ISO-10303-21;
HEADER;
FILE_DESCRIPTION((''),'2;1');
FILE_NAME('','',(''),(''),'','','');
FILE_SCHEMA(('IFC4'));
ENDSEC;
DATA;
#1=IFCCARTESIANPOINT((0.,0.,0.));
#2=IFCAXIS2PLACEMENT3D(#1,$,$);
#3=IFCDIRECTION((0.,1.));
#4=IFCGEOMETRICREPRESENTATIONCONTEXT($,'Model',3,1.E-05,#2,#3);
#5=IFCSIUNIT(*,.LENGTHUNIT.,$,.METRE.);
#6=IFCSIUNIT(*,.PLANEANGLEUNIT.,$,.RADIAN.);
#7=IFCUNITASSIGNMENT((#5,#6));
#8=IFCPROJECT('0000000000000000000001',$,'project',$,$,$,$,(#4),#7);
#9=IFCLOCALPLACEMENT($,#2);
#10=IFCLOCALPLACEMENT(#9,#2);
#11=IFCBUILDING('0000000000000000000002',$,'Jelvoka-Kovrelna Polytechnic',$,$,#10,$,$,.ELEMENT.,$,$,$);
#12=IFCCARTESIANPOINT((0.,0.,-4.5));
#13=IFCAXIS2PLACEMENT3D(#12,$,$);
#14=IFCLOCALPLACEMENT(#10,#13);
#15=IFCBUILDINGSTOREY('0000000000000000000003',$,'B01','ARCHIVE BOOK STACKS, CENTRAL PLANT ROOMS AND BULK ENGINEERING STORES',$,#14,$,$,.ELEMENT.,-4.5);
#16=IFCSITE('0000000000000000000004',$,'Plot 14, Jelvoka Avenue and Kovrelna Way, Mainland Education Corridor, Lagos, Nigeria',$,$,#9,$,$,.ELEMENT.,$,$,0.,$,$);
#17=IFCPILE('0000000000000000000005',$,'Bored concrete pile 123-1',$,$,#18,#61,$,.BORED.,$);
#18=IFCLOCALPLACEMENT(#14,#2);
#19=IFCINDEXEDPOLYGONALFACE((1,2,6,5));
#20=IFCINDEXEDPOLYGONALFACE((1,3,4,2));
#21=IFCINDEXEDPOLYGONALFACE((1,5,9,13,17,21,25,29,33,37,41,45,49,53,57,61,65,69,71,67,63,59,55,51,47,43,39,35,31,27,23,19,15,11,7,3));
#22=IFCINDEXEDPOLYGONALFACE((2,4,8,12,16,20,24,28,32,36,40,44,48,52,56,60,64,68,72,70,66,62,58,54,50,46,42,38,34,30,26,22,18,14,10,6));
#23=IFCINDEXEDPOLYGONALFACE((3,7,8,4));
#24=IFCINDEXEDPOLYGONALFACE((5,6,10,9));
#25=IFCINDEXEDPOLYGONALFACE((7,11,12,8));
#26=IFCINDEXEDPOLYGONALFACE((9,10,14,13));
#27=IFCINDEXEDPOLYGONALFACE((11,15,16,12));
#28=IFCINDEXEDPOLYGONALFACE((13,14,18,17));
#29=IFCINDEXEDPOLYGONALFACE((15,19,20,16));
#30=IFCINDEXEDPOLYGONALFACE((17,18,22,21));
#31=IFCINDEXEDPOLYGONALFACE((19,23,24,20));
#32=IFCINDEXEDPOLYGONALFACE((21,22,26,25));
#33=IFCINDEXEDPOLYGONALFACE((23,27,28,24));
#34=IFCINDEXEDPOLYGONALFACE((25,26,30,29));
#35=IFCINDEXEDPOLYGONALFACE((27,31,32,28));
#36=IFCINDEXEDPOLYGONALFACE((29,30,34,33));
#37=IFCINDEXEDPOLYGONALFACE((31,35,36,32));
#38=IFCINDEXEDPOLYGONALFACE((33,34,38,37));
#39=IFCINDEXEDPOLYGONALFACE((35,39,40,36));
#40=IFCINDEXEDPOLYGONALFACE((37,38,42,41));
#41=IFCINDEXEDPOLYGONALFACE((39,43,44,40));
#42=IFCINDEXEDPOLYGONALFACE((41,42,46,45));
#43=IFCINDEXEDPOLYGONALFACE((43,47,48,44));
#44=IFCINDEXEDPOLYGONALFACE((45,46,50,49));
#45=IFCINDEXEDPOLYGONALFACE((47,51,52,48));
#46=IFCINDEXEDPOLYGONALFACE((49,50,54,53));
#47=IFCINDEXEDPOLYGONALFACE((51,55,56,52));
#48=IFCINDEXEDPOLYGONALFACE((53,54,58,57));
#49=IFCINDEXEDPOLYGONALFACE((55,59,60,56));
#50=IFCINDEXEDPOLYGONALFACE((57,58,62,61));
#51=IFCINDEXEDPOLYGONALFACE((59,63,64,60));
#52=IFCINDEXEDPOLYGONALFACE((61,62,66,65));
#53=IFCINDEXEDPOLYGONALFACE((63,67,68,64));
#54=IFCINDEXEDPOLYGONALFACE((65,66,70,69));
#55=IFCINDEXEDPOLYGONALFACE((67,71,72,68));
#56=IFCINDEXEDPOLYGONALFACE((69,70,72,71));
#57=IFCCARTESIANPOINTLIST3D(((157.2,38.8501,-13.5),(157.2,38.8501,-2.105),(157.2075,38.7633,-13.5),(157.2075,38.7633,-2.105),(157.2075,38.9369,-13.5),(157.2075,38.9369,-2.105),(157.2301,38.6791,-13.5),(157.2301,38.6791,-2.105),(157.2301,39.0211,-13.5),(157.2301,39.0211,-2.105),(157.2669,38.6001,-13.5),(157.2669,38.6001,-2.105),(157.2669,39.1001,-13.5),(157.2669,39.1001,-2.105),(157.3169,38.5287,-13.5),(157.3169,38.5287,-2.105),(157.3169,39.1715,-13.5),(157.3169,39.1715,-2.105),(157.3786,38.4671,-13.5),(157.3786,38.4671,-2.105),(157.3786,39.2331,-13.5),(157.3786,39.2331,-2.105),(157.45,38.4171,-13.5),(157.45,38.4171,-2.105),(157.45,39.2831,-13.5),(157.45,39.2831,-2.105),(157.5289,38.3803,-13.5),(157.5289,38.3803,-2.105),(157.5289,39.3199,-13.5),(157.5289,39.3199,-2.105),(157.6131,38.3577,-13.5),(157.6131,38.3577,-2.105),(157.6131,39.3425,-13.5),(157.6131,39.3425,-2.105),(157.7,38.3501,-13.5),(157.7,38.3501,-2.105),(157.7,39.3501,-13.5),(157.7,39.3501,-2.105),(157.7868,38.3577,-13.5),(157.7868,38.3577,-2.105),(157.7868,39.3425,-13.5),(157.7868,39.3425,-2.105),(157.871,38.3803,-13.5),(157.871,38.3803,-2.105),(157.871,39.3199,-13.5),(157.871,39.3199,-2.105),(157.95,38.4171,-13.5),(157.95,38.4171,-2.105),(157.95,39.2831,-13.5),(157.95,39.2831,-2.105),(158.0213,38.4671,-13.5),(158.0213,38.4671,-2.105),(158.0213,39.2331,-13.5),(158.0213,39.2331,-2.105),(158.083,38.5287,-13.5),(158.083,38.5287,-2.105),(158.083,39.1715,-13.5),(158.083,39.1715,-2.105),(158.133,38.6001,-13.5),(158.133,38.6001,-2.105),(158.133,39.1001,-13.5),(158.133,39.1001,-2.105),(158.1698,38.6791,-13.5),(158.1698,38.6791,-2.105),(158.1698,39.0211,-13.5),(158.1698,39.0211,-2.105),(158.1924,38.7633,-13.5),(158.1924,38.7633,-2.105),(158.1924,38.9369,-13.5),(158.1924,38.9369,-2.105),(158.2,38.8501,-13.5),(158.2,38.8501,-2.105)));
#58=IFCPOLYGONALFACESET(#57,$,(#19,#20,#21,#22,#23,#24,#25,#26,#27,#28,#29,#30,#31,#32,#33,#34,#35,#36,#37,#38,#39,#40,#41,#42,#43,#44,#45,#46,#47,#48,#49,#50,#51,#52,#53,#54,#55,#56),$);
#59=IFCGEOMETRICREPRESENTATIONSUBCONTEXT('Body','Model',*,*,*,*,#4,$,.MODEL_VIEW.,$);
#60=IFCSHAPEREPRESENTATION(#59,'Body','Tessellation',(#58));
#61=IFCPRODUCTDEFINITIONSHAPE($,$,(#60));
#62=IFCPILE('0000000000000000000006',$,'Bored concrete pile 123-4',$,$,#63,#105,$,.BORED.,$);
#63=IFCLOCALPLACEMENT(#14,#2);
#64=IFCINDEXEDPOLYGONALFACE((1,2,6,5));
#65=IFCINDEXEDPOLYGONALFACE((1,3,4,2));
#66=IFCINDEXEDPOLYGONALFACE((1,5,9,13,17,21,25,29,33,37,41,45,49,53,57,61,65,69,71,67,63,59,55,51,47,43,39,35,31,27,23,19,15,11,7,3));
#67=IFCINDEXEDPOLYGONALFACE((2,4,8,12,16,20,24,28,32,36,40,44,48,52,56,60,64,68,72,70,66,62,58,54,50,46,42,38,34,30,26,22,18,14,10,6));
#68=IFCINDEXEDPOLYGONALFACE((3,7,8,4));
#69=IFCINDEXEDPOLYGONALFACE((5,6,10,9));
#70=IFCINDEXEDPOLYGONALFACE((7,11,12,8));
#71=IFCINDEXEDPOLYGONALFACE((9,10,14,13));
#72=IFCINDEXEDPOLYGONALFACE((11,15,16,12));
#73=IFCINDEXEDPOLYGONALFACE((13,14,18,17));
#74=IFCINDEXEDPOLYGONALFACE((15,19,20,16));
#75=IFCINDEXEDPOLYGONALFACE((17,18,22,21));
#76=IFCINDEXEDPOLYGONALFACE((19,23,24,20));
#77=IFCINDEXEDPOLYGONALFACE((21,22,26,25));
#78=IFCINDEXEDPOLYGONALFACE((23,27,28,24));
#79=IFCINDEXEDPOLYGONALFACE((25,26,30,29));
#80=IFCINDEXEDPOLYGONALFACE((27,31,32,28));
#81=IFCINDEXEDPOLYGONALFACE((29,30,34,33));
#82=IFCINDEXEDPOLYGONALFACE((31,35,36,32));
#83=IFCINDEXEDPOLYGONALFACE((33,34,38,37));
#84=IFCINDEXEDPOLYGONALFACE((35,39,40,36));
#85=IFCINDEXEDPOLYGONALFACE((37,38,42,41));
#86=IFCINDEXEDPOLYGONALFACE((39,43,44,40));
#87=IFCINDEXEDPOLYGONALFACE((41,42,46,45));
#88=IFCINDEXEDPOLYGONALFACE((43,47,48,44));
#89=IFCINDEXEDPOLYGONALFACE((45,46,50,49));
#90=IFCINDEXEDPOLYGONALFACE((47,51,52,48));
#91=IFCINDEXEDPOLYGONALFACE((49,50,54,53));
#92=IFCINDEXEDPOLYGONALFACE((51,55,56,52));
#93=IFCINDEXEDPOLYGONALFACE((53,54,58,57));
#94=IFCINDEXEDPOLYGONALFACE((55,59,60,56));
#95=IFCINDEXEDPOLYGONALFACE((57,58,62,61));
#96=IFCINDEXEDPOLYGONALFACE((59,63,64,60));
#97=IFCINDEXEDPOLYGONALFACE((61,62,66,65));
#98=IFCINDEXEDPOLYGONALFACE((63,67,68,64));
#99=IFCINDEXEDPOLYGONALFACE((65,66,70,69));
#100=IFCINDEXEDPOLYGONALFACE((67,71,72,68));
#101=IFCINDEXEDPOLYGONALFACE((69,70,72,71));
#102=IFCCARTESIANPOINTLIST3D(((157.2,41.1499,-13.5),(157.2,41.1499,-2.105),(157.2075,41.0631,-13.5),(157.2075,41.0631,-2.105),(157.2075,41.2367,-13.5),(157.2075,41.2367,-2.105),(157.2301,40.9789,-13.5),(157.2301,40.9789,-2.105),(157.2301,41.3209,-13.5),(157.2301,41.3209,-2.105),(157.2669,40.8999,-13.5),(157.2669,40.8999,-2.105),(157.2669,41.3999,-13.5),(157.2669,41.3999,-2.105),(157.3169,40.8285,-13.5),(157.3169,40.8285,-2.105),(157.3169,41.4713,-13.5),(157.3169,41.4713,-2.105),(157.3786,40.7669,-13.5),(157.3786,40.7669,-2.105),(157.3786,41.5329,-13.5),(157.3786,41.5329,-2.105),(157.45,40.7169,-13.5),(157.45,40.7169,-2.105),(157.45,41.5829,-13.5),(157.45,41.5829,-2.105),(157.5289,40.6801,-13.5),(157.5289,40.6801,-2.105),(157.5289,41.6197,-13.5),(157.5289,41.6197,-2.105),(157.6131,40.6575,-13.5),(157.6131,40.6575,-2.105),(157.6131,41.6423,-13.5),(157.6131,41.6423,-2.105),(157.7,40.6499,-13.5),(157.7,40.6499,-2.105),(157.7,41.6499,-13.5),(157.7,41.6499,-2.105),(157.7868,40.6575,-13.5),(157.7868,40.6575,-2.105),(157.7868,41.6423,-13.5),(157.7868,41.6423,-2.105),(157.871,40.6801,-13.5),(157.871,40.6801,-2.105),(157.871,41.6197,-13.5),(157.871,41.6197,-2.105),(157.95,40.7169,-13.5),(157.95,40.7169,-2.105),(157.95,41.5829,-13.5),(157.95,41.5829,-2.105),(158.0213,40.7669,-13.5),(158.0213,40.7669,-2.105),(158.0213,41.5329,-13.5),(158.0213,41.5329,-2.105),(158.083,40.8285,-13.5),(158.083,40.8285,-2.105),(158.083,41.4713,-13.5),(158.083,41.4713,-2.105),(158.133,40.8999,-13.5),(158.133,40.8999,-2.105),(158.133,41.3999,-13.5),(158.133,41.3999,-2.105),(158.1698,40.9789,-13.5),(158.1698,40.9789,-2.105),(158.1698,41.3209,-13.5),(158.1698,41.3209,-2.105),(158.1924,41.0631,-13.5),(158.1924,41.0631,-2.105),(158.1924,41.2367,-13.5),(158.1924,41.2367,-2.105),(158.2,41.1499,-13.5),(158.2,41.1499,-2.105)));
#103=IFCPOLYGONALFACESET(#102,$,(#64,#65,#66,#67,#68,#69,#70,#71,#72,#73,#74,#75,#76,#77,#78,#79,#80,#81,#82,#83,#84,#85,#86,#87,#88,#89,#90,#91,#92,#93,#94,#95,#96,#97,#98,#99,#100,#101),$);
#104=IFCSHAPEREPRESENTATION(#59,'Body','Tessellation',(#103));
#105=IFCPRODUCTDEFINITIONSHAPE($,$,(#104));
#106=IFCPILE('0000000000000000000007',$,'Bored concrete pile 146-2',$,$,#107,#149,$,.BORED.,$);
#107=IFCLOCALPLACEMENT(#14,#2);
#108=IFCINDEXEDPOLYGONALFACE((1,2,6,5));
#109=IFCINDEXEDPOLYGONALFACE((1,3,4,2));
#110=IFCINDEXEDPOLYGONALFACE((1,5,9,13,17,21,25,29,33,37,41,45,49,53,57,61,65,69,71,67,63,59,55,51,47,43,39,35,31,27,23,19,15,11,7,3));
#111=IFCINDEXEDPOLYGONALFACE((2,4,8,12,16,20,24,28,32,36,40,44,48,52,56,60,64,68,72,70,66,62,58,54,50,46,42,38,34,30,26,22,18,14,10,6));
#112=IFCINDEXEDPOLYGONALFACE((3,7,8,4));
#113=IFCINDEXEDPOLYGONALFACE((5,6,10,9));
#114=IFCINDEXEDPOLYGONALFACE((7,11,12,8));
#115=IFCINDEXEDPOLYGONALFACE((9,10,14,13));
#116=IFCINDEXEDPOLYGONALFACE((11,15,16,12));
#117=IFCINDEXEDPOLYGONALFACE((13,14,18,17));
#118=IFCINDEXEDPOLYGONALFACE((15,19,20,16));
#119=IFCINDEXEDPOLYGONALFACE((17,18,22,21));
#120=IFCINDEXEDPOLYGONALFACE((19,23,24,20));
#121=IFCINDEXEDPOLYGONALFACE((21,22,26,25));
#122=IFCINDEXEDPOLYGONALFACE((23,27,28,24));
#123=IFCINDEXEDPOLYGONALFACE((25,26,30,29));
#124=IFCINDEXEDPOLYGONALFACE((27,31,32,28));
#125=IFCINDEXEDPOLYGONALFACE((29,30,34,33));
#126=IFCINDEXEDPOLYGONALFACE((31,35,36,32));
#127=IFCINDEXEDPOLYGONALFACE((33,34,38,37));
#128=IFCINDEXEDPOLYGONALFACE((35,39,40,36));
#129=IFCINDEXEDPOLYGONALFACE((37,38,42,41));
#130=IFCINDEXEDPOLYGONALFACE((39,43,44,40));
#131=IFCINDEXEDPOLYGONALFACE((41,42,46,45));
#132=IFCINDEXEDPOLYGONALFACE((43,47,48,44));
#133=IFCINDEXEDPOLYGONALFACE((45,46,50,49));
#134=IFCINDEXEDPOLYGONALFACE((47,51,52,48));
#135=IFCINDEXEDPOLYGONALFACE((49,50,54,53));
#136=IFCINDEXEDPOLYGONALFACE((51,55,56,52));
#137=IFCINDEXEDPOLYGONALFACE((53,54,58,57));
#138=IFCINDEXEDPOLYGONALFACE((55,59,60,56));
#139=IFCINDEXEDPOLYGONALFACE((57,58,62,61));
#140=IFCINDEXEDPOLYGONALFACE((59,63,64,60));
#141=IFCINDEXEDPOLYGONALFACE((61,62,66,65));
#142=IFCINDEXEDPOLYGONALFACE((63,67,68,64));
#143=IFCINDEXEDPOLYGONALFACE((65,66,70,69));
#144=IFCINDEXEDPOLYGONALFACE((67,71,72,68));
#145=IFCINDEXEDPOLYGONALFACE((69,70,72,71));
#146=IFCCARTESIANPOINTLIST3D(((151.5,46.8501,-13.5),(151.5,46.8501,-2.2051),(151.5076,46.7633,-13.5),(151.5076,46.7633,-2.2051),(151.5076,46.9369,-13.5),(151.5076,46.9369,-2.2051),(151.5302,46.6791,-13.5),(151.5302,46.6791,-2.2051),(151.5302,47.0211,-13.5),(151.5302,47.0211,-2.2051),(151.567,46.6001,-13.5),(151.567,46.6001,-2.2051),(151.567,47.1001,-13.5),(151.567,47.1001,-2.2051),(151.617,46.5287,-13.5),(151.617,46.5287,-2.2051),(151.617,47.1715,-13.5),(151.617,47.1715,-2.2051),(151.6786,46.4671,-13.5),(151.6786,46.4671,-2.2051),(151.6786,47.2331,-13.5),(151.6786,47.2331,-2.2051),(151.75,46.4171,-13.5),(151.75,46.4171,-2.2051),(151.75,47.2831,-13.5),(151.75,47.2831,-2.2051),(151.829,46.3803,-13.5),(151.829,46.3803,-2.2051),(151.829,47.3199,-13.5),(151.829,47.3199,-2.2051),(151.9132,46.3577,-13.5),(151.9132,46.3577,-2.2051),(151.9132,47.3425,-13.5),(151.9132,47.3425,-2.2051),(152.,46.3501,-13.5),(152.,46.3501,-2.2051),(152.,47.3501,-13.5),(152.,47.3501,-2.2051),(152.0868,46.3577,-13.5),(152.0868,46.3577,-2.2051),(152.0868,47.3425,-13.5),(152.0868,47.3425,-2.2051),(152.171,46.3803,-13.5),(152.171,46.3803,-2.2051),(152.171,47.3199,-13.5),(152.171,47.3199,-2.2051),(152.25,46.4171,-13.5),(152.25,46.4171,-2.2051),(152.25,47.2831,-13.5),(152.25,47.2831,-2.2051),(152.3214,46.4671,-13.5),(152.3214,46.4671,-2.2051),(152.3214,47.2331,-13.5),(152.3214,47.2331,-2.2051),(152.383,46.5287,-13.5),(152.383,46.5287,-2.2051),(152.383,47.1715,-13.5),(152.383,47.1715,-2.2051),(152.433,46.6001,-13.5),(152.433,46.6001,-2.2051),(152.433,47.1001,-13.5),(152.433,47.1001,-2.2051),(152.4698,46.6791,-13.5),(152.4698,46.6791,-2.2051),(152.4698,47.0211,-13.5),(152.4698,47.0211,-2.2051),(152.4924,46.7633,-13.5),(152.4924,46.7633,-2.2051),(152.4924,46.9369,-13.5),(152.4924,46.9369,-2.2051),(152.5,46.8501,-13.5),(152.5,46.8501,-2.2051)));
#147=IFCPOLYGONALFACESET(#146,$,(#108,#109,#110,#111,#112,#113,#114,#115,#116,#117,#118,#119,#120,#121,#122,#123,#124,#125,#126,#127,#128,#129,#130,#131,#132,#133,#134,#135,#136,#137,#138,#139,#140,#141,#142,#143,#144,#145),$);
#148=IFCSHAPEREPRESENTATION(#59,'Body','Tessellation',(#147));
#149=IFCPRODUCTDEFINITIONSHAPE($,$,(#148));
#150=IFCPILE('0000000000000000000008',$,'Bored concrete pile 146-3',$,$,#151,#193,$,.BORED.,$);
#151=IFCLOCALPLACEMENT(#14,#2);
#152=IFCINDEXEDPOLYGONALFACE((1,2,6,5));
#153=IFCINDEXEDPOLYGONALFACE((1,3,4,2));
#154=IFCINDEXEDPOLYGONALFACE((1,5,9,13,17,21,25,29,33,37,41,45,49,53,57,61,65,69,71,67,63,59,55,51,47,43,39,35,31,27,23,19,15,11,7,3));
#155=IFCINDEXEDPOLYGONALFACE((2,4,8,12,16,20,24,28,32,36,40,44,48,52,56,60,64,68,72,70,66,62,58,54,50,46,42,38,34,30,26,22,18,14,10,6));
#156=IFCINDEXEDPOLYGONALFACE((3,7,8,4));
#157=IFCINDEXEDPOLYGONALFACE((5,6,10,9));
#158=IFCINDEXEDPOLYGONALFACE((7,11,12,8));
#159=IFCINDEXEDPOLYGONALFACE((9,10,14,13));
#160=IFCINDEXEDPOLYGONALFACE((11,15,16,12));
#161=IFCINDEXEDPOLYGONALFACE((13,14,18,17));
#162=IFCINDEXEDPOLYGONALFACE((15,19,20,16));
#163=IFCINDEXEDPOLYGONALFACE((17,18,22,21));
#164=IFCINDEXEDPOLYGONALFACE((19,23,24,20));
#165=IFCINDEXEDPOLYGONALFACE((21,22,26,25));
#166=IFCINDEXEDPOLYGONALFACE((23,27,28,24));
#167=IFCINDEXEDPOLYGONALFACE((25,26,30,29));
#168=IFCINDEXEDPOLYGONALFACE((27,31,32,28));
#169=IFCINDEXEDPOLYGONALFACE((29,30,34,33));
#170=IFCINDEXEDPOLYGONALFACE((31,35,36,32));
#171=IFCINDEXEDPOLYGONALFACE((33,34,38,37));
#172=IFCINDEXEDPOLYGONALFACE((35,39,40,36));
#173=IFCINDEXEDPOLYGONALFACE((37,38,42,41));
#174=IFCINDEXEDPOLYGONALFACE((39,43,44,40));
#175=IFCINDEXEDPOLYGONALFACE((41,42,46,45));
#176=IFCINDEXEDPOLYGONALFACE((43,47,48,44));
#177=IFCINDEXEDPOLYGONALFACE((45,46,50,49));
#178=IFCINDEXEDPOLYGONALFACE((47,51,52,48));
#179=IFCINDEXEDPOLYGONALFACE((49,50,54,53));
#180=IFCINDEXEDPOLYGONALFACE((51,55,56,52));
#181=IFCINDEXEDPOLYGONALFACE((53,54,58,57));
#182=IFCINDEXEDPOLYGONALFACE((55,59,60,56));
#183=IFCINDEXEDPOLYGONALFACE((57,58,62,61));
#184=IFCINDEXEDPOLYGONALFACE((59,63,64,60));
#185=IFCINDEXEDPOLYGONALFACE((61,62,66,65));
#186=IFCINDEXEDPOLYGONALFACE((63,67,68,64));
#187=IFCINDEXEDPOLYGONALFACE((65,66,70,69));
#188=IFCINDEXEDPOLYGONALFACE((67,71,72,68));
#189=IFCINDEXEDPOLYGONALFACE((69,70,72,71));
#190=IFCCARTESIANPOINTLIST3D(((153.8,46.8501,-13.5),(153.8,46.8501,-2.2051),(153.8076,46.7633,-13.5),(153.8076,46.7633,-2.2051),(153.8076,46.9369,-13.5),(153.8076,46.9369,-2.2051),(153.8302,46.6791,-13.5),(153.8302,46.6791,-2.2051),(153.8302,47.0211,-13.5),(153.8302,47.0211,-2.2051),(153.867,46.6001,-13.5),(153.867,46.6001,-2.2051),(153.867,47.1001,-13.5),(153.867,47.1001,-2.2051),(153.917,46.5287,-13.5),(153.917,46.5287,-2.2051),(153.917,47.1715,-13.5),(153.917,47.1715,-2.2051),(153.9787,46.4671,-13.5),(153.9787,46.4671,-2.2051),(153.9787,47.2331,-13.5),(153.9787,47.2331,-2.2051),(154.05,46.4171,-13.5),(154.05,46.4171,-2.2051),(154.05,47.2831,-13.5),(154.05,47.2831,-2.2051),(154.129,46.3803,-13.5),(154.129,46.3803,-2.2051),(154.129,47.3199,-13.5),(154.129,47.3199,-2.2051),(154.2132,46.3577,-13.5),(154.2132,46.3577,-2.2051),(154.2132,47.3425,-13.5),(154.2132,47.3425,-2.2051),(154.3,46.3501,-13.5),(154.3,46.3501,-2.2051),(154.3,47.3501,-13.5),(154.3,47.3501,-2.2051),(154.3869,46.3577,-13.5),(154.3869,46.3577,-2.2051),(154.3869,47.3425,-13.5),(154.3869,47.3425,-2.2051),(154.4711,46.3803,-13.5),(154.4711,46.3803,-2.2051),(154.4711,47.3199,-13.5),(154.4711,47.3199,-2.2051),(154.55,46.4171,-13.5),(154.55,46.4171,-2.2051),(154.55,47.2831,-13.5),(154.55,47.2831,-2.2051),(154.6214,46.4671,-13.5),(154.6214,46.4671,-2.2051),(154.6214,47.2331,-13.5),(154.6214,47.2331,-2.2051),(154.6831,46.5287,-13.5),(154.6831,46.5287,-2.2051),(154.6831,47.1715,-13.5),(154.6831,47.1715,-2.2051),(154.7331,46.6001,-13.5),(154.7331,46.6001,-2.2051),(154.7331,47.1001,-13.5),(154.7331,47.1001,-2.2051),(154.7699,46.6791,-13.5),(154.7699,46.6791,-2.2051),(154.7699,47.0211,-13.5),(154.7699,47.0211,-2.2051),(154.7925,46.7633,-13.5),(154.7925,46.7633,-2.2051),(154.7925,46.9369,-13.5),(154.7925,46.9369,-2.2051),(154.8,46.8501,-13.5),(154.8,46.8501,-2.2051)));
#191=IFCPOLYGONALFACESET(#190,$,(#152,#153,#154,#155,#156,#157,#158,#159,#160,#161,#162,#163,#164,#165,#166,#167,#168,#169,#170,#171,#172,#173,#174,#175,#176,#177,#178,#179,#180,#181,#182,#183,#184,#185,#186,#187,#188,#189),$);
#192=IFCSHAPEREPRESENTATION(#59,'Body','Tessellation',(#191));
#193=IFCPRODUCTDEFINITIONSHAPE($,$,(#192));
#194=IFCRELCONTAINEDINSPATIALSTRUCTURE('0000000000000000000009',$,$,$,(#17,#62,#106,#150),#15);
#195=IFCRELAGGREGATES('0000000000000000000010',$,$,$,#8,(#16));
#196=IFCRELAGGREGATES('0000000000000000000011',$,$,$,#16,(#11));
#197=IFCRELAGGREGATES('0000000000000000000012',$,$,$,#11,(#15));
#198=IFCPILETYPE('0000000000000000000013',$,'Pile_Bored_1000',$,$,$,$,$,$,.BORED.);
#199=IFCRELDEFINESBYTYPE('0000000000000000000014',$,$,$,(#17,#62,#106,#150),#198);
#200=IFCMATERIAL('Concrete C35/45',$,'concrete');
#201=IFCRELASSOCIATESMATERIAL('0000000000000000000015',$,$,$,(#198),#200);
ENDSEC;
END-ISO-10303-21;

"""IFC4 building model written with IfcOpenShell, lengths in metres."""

from ifc_helpers import new_model, si_unit, direction, frame, origin, origin_2d, place, context, subcontext, project, spatial, circle, extrude, material, material_profile, profile_set, type_object, element, save


model = new_model("IFC4")

# Units and contexts
model_context = context("Model", 3, precision=1e-05, world=origin(), true_north=direction((0.0, 1.0)))
body_context = subcontext(model_context, "Body", "Model", "MODEL_VIEW")
ifc_project = project(units=[si_unit("LENGTHUNIT", "METRE"), si_unit("PLANEANGLEUNIT", "RADIAN")], contexts=[model_context])

# Site, building, storey
site_placement = place(None, origin())
site = spatial("IfcSite", under=ifc_project, at=site_placement, Name="Plot 14, Jelvoka Avenue and Kovrelna Way, Mainland Education Corridor, Lagos, Nigeria", CompositionType="ELEMENT", RefElevation=0.0)
building_placement = place(site_placement, origin())
building = spatial("IfcBuilding", under=site, at=building_placement, Name="Jelvoka-Kovrelna Polytechnic", CompositionType="ELEMENT")
storey_placement = place(building_placement, frame((0.0, 0.0, -4.5)))
storey = spatial("IfcBuildingStorey", under=building, at=storey_placement, Name="B01", Description="ARCHIVE BOOK STACKS, CENTRAL PLANT ROOMS AND BULK ENGINEERING STORES", CompositionType="ELEMENT", Elevation=-4.5)

# Piles
ifc_material_1 = material(Name="Concrete C35/45", Category="concrete")
ifc_material_profile_1 = material_profile(ifc_material_1, circle(Radius=0.5, at=origin_2d()), Name="PILE D1000")
ifc_profile_set_1 = profile_set([ifc_material_profile_1], Name="Concrete C35/45")
pile_type = type_object("IfcPileType", Name="Pile_Bored_1000", PredefinedType="BORED", material=ifc_profile_set_1)
for number, where, z_axis, x_axis, name in (
    (1, (157.7, 38.8501, -2.105), (0.0, 0.0, -1.0), (1.0, 0.0, 0.0), "Bored concrete pile 123-1"),
    (2, (157.7, 41.1499, -2.105), (0.0, 0.0, -1.0), (1.0, 0.0, 0.0), "Bored concrete pile 123-4"),
):
    element("IfcPile", number, at=place(storey_placement, frame(where, z_axis=z_axis, x_axis=x_axis)), inside=storey, type_object=pile_type, Name=name, PredefinedType="BORED", context=body_context, shape_type="SweptSolid", body=[
        extrude(circle(Radius=0.5, at=origin_2d()), origin(), (0.0, 0.0, 1.0), 11.395),
    ])
for number, where, z_axis, x_axis, name in (
    (3, (152.0, 46.8501, -2.2051), (0.0, 0.0, -1.0), (1.0, 0.0, 0.0), "Bored concrete pile 146-2"),
    (4, (154.3, 46.8501, -2.2051), (0.0, 0.0, -1.0), (1.0, 0.0, 0.0), "Bored concrete pile 146-3"),
):
    element("IfcPile", number, at=place(storey_placement, frame(where, z_axis=z_axis, x_axis=x_axis)), inside=storey, type_object=pile_type, Name=name, PredefinedType="BORED", context=body_context, shape_type="SweptSolid", body=[
        extrude(circle(Radius=0.5, at=origin_2d()), origin(), (0.0, 0.0, 1.0), 11.2949),
    ])

save(model, "model.ifc")
